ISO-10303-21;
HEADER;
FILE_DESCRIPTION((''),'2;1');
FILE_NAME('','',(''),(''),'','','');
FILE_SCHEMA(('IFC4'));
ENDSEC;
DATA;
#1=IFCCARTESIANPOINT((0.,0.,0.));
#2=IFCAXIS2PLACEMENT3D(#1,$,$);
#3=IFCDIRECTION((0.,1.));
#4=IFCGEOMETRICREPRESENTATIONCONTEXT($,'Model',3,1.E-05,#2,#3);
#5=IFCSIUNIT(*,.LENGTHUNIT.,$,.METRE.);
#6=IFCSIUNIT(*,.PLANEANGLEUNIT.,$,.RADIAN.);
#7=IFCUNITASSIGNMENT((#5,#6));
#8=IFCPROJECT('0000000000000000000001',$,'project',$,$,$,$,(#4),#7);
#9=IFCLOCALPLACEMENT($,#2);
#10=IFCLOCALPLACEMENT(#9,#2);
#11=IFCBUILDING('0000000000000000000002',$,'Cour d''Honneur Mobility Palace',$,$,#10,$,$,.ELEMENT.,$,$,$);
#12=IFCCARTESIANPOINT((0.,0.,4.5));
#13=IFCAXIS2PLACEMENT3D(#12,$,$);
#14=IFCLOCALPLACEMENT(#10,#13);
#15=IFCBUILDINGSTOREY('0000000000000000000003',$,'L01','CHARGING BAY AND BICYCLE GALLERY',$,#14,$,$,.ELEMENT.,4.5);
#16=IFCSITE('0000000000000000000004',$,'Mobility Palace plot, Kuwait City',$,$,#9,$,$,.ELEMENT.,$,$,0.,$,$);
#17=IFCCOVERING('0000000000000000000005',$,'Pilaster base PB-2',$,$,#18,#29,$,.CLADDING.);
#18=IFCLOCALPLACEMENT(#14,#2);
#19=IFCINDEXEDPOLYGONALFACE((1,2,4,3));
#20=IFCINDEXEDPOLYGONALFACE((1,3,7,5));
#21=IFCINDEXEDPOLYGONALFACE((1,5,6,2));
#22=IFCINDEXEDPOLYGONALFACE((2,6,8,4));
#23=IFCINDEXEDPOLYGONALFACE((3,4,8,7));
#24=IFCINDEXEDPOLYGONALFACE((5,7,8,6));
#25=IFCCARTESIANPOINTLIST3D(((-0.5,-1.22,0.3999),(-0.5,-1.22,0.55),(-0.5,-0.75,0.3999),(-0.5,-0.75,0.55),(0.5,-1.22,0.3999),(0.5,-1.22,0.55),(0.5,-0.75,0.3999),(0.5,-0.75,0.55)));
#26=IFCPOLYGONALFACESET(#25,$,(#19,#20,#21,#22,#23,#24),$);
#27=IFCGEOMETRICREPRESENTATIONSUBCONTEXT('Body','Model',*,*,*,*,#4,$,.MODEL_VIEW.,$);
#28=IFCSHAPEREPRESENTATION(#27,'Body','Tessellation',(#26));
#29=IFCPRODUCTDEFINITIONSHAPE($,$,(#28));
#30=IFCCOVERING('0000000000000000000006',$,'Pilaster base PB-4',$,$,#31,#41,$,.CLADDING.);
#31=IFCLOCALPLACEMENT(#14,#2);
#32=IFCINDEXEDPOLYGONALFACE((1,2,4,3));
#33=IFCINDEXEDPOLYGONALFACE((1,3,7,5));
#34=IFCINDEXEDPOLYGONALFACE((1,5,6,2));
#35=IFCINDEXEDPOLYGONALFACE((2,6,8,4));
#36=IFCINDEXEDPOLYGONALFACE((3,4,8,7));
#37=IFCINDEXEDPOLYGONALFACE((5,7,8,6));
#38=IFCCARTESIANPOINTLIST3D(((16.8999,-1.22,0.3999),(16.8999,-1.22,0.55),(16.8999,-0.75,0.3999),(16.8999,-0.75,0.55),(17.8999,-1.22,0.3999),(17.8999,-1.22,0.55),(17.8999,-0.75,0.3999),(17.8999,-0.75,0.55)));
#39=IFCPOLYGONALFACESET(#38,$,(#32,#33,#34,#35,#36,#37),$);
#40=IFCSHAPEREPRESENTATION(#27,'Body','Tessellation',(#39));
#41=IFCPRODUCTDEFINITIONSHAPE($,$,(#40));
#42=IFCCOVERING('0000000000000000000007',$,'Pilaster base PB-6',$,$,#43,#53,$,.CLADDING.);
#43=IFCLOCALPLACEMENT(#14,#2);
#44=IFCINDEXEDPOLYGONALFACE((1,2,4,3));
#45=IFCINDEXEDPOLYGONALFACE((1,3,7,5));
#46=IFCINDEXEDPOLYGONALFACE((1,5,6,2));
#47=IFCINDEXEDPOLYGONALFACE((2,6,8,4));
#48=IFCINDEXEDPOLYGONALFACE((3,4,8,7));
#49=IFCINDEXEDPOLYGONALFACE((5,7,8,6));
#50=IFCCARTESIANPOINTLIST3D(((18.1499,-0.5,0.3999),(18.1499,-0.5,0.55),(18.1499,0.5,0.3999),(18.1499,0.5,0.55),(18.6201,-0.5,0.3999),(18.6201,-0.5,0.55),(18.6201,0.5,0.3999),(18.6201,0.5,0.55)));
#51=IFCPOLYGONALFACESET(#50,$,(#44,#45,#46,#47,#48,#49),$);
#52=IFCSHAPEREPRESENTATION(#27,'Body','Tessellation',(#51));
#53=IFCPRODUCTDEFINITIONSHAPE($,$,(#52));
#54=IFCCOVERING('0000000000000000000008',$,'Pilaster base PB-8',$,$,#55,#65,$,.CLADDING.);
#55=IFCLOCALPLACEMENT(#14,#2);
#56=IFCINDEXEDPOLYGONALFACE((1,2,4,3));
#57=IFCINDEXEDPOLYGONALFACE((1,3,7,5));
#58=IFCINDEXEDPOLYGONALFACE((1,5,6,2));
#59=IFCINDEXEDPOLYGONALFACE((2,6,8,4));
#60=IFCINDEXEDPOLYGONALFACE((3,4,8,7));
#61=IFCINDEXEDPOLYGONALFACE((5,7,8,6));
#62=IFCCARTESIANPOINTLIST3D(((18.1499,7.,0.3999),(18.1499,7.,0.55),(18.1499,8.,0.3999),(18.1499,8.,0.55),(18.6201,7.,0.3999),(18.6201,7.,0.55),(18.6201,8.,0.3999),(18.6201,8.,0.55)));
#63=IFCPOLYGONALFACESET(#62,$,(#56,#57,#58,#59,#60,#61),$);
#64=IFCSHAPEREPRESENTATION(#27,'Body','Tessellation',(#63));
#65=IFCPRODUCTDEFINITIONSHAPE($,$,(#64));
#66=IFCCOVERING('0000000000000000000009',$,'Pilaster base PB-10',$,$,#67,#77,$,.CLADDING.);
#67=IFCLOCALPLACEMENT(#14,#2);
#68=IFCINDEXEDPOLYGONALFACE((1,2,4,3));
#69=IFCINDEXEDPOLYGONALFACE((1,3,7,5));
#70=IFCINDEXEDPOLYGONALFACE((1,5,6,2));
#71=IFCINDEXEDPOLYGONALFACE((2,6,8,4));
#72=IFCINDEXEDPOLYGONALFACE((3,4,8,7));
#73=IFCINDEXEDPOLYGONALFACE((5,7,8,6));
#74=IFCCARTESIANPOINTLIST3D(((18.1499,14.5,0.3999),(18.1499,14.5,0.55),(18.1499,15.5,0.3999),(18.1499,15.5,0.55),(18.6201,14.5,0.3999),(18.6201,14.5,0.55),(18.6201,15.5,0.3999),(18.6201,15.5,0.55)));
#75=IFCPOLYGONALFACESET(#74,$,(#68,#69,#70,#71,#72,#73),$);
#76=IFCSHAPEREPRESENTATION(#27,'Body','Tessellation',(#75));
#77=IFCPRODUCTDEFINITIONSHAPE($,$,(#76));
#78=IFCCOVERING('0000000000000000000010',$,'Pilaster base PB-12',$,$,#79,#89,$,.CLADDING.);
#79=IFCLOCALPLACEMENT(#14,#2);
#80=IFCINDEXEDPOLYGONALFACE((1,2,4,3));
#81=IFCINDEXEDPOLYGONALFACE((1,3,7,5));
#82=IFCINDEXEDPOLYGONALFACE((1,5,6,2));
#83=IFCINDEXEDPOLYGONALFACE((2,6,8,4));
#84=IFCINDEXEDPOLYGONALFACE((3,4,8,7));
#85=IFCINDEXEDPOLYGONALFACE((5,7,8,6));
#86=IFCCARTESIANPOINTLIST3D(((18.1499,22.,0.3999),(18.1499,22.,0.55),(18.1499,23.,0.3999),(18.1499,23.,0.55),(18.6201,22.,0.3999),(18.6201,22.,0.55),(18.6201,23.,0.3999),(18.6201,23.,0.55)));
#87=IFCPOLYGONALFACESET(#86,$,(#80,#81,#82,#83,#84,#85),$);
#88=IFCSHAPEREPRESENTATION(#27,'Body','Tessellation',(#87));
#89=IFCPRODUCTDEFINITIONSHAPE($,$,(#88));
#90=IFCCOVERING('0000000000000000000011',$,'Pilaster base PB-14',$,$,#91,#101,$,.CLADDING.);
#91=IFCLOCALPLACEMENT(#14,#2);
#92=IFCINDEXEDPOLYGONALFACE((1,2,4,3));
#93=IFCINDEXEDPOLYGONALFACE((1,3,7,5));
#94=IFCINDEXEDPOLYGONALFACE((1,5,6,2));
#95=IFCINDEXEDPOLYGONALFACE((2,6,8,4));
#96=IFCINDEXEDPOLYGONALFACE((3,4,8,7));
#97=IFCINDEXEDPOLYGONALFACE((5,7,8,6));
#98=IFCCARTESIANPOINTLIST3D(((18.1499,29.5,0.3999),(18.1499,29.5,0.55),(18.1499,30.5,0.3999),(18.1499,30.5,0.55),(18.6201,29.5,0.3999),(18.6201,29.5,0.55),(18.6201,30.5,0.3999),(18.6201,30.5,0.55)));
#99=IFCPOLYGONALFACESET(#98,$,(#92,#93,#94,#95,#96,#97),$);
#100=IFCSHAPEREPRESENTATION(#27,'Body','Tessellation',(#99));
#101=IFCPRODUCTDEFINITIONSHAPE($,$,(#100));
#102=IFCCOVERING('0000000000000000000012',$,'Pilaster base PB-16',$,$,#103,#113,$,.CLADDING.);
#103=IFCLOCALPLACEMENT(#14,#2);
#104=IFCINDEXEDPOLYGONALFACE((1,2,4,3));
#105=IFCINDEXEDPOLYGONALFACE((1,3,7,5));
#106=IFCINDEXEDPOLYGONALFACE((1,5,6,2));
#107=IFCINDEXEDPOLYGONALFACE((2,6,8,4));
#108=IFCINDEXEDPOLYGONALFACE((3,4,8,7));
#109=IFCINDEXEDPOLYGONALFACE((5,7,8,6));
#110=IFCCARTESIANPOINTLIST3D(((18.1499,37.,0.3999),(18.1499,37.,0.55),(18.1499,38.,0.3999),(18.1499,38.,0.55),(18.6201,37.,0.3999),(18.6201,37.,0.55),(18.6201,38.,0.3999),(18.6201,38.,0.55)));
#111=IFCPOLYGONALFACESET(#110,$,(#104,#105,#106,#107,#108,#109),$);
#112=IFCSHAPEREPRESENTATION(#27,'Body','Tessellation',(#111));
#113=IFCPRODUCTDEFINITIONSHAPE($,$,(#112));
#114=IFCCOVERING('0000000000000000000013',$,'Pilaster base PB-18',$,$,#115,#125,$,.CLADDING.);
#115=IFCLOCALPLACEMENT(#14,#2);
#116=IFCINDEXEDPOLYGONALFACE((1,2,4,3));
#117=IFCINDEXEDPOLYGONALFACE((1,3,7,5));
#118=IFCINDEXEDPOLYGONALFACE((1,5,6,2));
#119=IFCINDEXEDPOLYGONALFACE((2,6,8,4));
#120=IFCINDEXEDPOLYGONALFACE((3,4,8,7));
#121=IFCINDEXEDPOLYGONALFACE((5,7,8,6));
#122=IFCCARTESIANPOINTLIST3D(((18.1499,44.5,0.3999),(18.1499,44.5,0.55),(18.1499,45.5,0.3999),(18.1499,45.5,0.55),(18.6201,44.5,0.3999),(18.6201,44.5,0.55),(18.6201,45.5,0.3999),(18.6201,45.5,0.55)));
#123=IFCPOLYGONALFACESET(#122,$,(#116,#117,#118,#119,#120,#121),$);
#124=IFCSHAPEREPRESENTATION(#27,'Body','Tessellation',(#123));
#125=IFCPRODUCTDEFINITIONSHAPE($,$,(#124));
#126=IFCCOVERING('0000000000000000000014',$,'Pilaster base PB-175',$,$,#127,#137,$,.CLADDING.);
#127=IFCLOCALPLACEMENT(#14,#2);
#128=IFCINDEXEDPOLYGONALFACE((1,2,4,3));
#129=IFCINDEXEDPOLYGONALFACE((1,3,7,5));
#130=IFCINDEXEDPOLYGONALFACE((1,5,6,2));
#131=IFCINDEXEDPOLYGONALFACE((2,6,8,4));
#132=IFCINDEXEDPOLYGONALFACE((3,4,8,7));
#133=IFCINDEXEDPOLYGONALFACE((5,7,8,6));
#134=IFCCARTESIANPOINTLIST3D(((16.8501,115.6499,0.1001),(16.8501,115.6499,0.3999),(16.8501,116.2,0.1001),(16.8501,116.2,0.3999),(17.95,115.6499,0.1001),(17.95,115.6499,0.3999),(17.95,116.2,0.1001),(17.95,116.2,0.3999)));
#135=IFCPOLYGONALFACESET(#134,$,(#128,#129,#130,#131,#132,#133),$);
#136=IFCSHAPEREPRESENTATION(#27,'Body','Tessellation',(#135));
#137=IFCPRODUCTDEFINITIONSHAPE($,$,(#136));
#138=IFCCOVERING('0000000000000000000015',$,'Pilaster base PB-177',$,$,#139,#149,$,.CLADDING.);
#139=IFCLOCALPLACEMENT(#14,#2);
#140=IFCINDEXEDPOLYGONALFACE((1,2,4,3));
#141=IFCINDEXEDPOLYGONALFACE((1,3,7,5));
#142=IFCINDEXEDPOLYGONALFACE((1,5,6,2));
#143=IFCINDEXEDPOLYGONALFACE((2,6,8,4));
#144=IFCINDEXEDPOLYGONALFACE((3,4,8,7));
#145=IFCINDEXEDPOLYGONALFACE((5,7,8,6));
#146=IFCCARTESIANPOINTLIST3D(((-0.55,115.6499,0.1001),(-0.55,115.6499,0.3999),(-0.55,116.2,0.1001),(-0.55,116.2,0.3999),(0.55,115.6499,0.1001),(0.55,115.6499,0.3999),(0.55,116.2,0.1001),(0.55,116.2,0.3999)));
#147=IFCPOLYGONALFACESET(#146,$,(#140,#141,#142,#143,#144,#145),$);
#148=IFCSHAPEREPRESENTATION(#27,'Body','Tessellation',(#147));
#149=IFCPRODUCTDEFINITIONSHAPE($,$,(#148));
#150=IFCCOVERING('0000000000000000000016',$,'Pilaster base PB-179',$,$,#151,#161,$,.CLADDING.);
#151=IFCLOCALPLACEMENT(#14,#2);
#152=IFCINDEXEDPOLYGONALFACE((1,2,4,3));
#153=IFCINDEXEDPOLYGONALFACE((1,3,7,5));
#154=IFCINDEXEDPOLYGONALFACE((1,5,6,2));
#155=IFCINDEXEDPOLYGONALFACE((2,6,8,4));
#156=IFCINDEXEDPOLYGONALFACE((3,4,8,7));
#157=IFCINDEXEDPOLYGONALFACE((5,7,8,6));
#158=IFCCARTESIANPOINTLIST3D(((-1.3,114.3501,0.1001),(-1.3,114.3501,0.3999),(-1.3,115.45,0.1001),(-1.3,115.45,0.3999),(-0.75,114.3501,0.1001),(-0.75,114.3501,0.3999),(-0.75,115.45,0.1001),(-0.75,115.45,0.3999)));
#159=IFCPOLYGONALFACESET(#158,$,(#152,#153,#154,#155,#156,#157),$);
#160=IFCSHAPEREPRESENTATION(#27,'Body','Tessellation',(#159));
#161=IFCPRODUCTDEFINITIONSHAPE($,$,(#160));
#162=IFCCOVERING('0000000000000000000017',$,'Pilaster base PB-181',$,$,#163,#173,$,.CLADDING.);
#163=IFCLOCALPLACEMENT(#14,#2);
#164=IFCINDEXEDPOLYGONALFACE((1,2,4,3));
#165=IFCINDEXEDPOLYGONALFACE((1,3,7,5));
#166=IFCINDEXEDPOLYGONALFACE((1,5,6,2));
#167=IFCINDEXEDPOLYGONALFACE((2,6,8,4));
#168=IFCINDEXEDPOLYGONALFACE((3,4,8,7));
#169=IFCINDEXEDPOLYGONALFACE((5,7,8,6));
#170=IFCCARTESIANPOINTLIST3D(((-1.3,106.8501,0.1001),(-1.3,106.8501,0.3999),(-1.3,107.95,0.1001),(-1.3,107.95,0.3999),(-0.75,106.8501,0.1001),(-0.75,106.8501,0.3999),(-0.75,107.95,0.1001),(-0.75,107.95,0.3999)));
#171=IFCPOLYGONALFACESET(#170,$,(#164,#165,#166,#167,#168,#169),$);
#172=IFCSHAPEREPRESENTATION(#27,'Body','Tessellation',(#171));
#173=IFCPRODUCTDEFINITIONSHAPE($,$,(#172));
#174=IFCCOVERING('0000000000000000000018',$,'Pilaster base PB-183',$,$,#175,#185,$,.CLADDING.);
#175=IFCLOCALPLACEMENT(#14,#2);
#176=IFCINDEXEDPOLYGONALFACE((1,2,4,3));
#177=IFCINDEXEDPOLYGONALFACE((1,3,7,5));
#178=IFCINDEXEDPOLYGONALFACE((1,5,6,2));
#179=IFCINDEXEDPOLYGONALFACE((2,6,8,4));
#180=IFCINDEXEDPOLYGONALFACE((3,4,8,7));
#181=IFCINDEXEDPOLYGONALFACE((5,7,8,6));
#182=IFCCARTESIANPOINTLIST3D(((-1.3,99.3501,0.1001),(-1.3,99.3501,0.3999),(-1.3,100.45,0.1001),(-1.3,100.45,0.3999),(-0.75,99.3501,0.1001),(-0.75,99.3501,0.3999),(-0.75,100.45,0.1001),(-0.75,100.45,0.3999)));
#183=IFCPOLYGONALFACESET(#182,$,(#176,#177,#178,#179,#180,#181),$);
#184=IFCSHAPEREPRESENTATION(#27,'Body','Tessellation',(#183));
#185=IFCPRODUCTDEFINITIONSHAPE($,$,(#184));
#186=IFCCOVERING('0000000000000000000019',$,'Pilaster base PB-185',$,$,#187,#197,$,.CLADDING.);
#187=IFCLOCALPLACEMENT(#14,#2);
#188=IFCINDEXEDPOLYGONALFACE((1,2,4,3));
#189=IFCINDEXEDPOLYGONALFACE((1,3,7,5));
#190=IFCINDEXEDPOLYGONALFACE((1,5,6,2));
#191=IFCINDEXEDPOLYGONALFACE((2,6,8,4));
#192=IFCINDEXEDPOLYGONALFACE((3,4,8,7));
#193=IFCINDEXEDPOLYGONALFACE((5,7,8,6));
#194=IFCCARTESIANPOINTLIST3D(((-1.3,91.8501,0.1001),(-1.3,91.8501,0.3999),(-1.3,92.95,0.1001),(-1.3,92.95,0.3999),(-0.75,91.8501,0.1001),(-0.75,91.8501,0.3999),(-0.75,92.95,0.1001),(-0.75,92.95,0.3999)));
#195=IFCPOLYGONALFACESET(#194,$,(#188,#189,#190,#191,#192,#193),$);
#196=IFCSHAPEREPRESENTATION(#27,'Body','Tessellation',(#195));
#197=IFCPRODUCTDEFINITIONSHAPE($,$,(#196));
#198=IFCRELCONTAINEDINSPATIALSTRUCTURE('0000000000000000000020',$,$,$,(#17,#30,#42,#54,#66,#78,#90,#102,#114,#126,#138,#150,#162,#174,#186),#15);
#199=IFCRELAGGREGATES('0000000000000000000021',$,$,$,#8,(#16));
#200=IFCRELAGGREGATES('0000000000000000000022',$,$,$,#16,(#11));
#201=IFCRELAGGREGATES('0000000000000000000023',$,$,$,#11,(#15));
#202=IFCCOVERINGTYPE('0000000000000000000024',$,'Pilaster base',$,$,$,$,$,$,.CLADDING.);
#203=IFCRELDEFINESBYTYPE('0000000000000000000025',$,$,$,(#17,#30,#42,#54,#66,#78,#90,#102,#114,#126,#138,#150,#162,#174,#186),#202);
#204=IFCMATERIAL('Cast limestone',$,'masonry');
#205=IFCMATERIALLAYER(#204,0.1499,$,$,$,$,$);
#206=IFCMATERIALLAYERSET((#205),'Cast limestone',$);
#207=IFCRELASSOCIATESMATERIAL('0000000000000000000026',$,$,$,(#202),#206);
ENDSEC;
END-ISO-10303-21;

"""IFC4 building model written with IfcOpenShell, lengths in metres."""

from ifc_helpers import new_model, si_unit, direction, frame, origin, place, context, subcontext, project, spatial, polyline, outline, extrude, material, layer, layer_set, type_object, element, save


model = new_model("IFC4")

# Units and contexts
model_context = context("Model", 3, precision=1e-05, world=origin(), true_north=direction((0.0, 1.0)))
body_context = subcontext(model_context, "Body", "Model", "MODEL_VIEW")
ifc_project = project(units=[si_unit("LENGTHUNIT", "METRE"), si_unit("PLANEANGLEUNIT", "RADIAN")], contexts=[model_context])

# Site, building, storey
site_placement = place(None, origin())
site = spatial("IfcSite", under=ifc_project, at=site_placement, Name="Mobility Palace plot, Kuwait City", CompositionType="ELEMENT", RefElevation=0.0)
building_placement = place(site_placement, origin())
building = spatial("IfcBuilding", under=site, at=building_placement, Name="Cour d'Honneur Mobility Palace", CompositionType="ELEMENT")
storey_placement = place(building_placement, frame((0.0, 0.0, 4.5)))
storey = spatial("IfcBuildingStorey", under=building, at=storey_placement, Name="L01", Description="CHARGING BAY AND BICYCLE GALLERY", CompositionType="ELEMENT", Elevation=4.5)

# Coverings
ifc_material = material(Name="Cast limestone", Category="masonry")
ifc_layer = layer(ifc_material, 0.1499)
ifc_layer_set = layer_set([ifc_layer], Name="Cast limestone")
covering_type = type_object("IfcCoveringType", Name="Pilaster base", PredefinedType="CLADDING", material=ifc_layer_set)
covering_1_placement = place(storey_placement, frame((0.0, 0.0, 0.3999)))
element("IfcCovering", 1, at=covering_1_placement, inside=storey, type_object=covering_type, Name="Pilaster base PB-2", PredefinedType="CLADDING", context=body_context, shape_type="SweptSolid", body=[
    extrude(outline(polyline([(-0.5, -0.75), (0.5, -0.75), (0.5, -1.22), (-0.5, -1.22), (-0.5, -0.75)])), origin(), (0.0, 0.0, 1.0), 0.1501),
])
covering_2_placement = place(storey_placement, frame((0.0, 0.0, 0.3999)))
element("IfcCovering", 2, at=covering_2_placement, inside=storey, type_object=covering_type, Name="Pilaster base PB-4", PredefinedType="CLADDING", context=body_context, shape_type="SweptSolid", body=[
    extrude(outline(polyline([(16.8999, -0.75), (17.8999, -0.75), (17.8999, -1.22), (16.8999, -1.22), (16.8999, -0.75)])), origin(), (0.0, 0.0, 1.0), 0.1501),
])
covering_3_placement = place(storey_placement, frame((0.0, 0.0, 0.3999)))
element("IfcCovering", 3, at=covering_3_placement, inside=storey, type_object=covering_type, Name="Pilaster base PB-6", PredefinedType="CLADDING", context=body_context, shape_type="SweptSolid", body=[
    extrude(outline(polyline([(18.1499, -0.5), (18.1499, 0.5), (18.6201, 0.5), (18.6201, -0.5), (18.1499, -0.5)])), origin(), (0.0, 0.0, 1.0), 0.1501),
])
covering_4_placement = place(storey_placement, frame((0.0, 0.0, 0.3999)))
element("IfcCovering", 4, at=covering_4_placement, inside=storey, type_object=covering_type, Name="Pilaster base PB-8", PredefinedType="CLADDING", context=body_context, shape_type="SweptSolid", body=[
    extrude(outline(polyline([(18.1499, 7.0), (18.1499, 8.0), (18.6201, 8.0), (18.6201, 7.0), (18.1499, 7.0)])), origin(), (0.0, 0.0, 1.0), 0.1501),
])
covering_5_placement = place(storey_placement, frame((0.0, 0.0, 0.3999)))
element("IfcCovering", 5, at=covering_5_placement, inside=storey, type_object=covering_type, Name="Pilaster base PB-10", PredefinedType="CLADDING", context=body_context, shape_type="SweptSolid", body=[
    extrude(outline(polyline([(18.1499, 14.5), (18.1499, 15.5), (18.6201, 15.5), (18.6201, 14.5), (18.1499, 14.5)])), origin(), (0.0, 0.0, 1.0), 0.1501),
])
covering_6_placement = place(storey_placement, frame((0.0, 0.0, 0.3999)))
element("IfcCovering", 6, at=covering_6_placement, inside=storey, type_object=covering_type, Name="Pilaster base PB-12", PredefinedType="CLADDING", context=body_context, shape_type="SweptSolid", body=[
    extrude(outline(polyline([(18.1499, 22.0), (18.1499, 23.0), (18.6201, 23.0), (18.6201, 22.0), (18.1499, 22.0)])), origin(), (0.0, 0.0, 1.0), 0.1501),
])
covering_7_placement = place(storey_placement, frame((0.0, 0.0, 0.3999)))
element("IfcCovering", 7, at=covering_7_placement, inside=storey, type_object=covering_type, Name="Pilaster base PB-14", PredefinedType="CLADDING", context=body_context, shape_type="SweptSolid", body=[
    extrude(outline(polyline([(18.1499, 29.5), (18.1499, 30.5), (18.6201, 30.5), (18.6201, 29.5), (18.1499, 29.5)])), origin(), (0.0, 0.0, 1.0), 0.1501),
])
covering_8_placement = place(storey_placement, frame((0.0, 0.0, 0.3999)))
element("IfcCovering", 8, at=covering_8_placement, inside=storey, type_object=covering_type, Name="Pilaster base PB-16", PredefinedType="CLADDING", context=body_context, shape_type="SweptSolid", body=[
    extrude(outline(polyline([(18.1499, 37.0), (18.1499, 38.0), (18.6201, 38.0), (18.6201, 37.0), (18.1499, 37.0)])), origin(), (0.0, 0.0, 1.0), 0.1501),
])
covering_9_placement = place(storey_placement, frame((0.0, 0.0, 0.3999)))
element("IfcCovering", 9, at=covering_9_placement, inside=storey, type_object=covering_type, Name="Pilaster base PB-18", PredefinedType="CLADDING", context=body_context, shape_type="SweptSolid", body=[
    extrude(outline(polyline([(18.1499, 44.5), (18.1499, 45.5), (18.6201, 45.5), (18.6201, 44.5), (18.1499, 44.5)])), origin(), (0.0, 0.0, 1.0), 0.1501),
])
covering_10_placement = place(storey_placement, frame((0.0, 0.0, 0.1001)))
element("IfcCovering", 10, at=covering_10_placement, inside=storey, type_object=covering_type, Name="Pilaster base PB-175", PredefinedType="CLADDING", context=body_context, shape_type="SweptSolid", body=[
    extrude(outline(polyline([(17.95, 115.6499), (16.8501, 115.6499), (16.8501, 116.2), (17.95, 116.2), (17.95, 115.6499)])), origin(), (0.0, 0.0, 1.0), 0.2998),
])
covering_11_placement = place(storey_placement, frame((0.0, 0.0, 0.1001)))
element("IfcCovering", 11, at=covering_11_placement, inside=storey, type_object=covering_type, Name="Pilaster base PB-177", PredefinedType="CLADDING", context=body_context, shape_type="SweptSolid", body=[
    extrude(outline(polyline([(0.55, 115.6499), (-0.55, 115.6499), (-0.55, 116.2), (0.55, 116.2), (0.55, 115.6499)])), origin(), (0.0, 0.0, 1.0), 0.2998),
])
covering_12_placement = place(storey_placement, frame((0.0, 0.0, 0.1001)))
element("IfcCovering", 12, at=covering_12_placement, inside=storey, type_object=covering_type, Name="Pilaster base PB-179", PredefinedType="CLADDING", context=body_context, shape_type="SweptSolid", body=[
    extrude(outline(polyline([(-0.75, 115.45), (-0.75, 114.3501), (-1.3, 114.3501), (-1.3, 115.45), (-0.75, 115.45)])), origin(), (0.0, 0.0, 1.0), 0.2998),
])
covering_13_placement = place(storey_placement, frame((0.0, 0.0, 0.1001)))
element("IfcCovering", 13, at=covering_13_placement, inside=storey, type_object=covering_type, Name="Pilaster base PB-181", PredefinedType="CLADDING", context=body_context, shape_type="SweptSolid", body=[
    extrude(outline(polyline([(-0.75, 107.95), (-0.75, 106.8501), (-1.3, 106.8501), (-1.3, 107.95), (-0.75, 107.95)])), origin(), (0.0, 0.0, 1.0), 0.2998),
])
covering_14_placement = place(storey_placement, frame((0.0, 0.0, 0.1001)))
element("IfcCovering", 14, at=covering_14_placement, inside=storey, type_object=covering_type, Name="Pilaster base PB-183", PredefinedType="CLADDING", context=body_context, shape_type="SweptSolid", body=[
    extrude(outline(polyline([(-0.75, 100.45), (-0.75, 99.3501), (-1.3, 99.3501), (-1.3, 100.45), (-0.75, 100.45)])), origin(), (0.0, 0.0, 1.0), 0.2998),
])
covering_15_placement = place(storey_placement, frame((0.0, 0.0, 0.1001)))
element("IfcCovering", 15, at=covering_15_placement, inside=storey, type_object=covering_type, Name="Pilaster base PB-185", PredefinedType="CLADDING", context=body_context, shape_type="SweptSolid", body=[
    extrude(outline(polyline([(-0.75, 92.95), (-0.75, 91.8501), (-1.3, 91.8501), (-1.3, 92.95), (-0.75, 92.95)])), origin(), (0.0, 0.0, 1.0), 0.2998),
])

save(model, "model.ifc")
